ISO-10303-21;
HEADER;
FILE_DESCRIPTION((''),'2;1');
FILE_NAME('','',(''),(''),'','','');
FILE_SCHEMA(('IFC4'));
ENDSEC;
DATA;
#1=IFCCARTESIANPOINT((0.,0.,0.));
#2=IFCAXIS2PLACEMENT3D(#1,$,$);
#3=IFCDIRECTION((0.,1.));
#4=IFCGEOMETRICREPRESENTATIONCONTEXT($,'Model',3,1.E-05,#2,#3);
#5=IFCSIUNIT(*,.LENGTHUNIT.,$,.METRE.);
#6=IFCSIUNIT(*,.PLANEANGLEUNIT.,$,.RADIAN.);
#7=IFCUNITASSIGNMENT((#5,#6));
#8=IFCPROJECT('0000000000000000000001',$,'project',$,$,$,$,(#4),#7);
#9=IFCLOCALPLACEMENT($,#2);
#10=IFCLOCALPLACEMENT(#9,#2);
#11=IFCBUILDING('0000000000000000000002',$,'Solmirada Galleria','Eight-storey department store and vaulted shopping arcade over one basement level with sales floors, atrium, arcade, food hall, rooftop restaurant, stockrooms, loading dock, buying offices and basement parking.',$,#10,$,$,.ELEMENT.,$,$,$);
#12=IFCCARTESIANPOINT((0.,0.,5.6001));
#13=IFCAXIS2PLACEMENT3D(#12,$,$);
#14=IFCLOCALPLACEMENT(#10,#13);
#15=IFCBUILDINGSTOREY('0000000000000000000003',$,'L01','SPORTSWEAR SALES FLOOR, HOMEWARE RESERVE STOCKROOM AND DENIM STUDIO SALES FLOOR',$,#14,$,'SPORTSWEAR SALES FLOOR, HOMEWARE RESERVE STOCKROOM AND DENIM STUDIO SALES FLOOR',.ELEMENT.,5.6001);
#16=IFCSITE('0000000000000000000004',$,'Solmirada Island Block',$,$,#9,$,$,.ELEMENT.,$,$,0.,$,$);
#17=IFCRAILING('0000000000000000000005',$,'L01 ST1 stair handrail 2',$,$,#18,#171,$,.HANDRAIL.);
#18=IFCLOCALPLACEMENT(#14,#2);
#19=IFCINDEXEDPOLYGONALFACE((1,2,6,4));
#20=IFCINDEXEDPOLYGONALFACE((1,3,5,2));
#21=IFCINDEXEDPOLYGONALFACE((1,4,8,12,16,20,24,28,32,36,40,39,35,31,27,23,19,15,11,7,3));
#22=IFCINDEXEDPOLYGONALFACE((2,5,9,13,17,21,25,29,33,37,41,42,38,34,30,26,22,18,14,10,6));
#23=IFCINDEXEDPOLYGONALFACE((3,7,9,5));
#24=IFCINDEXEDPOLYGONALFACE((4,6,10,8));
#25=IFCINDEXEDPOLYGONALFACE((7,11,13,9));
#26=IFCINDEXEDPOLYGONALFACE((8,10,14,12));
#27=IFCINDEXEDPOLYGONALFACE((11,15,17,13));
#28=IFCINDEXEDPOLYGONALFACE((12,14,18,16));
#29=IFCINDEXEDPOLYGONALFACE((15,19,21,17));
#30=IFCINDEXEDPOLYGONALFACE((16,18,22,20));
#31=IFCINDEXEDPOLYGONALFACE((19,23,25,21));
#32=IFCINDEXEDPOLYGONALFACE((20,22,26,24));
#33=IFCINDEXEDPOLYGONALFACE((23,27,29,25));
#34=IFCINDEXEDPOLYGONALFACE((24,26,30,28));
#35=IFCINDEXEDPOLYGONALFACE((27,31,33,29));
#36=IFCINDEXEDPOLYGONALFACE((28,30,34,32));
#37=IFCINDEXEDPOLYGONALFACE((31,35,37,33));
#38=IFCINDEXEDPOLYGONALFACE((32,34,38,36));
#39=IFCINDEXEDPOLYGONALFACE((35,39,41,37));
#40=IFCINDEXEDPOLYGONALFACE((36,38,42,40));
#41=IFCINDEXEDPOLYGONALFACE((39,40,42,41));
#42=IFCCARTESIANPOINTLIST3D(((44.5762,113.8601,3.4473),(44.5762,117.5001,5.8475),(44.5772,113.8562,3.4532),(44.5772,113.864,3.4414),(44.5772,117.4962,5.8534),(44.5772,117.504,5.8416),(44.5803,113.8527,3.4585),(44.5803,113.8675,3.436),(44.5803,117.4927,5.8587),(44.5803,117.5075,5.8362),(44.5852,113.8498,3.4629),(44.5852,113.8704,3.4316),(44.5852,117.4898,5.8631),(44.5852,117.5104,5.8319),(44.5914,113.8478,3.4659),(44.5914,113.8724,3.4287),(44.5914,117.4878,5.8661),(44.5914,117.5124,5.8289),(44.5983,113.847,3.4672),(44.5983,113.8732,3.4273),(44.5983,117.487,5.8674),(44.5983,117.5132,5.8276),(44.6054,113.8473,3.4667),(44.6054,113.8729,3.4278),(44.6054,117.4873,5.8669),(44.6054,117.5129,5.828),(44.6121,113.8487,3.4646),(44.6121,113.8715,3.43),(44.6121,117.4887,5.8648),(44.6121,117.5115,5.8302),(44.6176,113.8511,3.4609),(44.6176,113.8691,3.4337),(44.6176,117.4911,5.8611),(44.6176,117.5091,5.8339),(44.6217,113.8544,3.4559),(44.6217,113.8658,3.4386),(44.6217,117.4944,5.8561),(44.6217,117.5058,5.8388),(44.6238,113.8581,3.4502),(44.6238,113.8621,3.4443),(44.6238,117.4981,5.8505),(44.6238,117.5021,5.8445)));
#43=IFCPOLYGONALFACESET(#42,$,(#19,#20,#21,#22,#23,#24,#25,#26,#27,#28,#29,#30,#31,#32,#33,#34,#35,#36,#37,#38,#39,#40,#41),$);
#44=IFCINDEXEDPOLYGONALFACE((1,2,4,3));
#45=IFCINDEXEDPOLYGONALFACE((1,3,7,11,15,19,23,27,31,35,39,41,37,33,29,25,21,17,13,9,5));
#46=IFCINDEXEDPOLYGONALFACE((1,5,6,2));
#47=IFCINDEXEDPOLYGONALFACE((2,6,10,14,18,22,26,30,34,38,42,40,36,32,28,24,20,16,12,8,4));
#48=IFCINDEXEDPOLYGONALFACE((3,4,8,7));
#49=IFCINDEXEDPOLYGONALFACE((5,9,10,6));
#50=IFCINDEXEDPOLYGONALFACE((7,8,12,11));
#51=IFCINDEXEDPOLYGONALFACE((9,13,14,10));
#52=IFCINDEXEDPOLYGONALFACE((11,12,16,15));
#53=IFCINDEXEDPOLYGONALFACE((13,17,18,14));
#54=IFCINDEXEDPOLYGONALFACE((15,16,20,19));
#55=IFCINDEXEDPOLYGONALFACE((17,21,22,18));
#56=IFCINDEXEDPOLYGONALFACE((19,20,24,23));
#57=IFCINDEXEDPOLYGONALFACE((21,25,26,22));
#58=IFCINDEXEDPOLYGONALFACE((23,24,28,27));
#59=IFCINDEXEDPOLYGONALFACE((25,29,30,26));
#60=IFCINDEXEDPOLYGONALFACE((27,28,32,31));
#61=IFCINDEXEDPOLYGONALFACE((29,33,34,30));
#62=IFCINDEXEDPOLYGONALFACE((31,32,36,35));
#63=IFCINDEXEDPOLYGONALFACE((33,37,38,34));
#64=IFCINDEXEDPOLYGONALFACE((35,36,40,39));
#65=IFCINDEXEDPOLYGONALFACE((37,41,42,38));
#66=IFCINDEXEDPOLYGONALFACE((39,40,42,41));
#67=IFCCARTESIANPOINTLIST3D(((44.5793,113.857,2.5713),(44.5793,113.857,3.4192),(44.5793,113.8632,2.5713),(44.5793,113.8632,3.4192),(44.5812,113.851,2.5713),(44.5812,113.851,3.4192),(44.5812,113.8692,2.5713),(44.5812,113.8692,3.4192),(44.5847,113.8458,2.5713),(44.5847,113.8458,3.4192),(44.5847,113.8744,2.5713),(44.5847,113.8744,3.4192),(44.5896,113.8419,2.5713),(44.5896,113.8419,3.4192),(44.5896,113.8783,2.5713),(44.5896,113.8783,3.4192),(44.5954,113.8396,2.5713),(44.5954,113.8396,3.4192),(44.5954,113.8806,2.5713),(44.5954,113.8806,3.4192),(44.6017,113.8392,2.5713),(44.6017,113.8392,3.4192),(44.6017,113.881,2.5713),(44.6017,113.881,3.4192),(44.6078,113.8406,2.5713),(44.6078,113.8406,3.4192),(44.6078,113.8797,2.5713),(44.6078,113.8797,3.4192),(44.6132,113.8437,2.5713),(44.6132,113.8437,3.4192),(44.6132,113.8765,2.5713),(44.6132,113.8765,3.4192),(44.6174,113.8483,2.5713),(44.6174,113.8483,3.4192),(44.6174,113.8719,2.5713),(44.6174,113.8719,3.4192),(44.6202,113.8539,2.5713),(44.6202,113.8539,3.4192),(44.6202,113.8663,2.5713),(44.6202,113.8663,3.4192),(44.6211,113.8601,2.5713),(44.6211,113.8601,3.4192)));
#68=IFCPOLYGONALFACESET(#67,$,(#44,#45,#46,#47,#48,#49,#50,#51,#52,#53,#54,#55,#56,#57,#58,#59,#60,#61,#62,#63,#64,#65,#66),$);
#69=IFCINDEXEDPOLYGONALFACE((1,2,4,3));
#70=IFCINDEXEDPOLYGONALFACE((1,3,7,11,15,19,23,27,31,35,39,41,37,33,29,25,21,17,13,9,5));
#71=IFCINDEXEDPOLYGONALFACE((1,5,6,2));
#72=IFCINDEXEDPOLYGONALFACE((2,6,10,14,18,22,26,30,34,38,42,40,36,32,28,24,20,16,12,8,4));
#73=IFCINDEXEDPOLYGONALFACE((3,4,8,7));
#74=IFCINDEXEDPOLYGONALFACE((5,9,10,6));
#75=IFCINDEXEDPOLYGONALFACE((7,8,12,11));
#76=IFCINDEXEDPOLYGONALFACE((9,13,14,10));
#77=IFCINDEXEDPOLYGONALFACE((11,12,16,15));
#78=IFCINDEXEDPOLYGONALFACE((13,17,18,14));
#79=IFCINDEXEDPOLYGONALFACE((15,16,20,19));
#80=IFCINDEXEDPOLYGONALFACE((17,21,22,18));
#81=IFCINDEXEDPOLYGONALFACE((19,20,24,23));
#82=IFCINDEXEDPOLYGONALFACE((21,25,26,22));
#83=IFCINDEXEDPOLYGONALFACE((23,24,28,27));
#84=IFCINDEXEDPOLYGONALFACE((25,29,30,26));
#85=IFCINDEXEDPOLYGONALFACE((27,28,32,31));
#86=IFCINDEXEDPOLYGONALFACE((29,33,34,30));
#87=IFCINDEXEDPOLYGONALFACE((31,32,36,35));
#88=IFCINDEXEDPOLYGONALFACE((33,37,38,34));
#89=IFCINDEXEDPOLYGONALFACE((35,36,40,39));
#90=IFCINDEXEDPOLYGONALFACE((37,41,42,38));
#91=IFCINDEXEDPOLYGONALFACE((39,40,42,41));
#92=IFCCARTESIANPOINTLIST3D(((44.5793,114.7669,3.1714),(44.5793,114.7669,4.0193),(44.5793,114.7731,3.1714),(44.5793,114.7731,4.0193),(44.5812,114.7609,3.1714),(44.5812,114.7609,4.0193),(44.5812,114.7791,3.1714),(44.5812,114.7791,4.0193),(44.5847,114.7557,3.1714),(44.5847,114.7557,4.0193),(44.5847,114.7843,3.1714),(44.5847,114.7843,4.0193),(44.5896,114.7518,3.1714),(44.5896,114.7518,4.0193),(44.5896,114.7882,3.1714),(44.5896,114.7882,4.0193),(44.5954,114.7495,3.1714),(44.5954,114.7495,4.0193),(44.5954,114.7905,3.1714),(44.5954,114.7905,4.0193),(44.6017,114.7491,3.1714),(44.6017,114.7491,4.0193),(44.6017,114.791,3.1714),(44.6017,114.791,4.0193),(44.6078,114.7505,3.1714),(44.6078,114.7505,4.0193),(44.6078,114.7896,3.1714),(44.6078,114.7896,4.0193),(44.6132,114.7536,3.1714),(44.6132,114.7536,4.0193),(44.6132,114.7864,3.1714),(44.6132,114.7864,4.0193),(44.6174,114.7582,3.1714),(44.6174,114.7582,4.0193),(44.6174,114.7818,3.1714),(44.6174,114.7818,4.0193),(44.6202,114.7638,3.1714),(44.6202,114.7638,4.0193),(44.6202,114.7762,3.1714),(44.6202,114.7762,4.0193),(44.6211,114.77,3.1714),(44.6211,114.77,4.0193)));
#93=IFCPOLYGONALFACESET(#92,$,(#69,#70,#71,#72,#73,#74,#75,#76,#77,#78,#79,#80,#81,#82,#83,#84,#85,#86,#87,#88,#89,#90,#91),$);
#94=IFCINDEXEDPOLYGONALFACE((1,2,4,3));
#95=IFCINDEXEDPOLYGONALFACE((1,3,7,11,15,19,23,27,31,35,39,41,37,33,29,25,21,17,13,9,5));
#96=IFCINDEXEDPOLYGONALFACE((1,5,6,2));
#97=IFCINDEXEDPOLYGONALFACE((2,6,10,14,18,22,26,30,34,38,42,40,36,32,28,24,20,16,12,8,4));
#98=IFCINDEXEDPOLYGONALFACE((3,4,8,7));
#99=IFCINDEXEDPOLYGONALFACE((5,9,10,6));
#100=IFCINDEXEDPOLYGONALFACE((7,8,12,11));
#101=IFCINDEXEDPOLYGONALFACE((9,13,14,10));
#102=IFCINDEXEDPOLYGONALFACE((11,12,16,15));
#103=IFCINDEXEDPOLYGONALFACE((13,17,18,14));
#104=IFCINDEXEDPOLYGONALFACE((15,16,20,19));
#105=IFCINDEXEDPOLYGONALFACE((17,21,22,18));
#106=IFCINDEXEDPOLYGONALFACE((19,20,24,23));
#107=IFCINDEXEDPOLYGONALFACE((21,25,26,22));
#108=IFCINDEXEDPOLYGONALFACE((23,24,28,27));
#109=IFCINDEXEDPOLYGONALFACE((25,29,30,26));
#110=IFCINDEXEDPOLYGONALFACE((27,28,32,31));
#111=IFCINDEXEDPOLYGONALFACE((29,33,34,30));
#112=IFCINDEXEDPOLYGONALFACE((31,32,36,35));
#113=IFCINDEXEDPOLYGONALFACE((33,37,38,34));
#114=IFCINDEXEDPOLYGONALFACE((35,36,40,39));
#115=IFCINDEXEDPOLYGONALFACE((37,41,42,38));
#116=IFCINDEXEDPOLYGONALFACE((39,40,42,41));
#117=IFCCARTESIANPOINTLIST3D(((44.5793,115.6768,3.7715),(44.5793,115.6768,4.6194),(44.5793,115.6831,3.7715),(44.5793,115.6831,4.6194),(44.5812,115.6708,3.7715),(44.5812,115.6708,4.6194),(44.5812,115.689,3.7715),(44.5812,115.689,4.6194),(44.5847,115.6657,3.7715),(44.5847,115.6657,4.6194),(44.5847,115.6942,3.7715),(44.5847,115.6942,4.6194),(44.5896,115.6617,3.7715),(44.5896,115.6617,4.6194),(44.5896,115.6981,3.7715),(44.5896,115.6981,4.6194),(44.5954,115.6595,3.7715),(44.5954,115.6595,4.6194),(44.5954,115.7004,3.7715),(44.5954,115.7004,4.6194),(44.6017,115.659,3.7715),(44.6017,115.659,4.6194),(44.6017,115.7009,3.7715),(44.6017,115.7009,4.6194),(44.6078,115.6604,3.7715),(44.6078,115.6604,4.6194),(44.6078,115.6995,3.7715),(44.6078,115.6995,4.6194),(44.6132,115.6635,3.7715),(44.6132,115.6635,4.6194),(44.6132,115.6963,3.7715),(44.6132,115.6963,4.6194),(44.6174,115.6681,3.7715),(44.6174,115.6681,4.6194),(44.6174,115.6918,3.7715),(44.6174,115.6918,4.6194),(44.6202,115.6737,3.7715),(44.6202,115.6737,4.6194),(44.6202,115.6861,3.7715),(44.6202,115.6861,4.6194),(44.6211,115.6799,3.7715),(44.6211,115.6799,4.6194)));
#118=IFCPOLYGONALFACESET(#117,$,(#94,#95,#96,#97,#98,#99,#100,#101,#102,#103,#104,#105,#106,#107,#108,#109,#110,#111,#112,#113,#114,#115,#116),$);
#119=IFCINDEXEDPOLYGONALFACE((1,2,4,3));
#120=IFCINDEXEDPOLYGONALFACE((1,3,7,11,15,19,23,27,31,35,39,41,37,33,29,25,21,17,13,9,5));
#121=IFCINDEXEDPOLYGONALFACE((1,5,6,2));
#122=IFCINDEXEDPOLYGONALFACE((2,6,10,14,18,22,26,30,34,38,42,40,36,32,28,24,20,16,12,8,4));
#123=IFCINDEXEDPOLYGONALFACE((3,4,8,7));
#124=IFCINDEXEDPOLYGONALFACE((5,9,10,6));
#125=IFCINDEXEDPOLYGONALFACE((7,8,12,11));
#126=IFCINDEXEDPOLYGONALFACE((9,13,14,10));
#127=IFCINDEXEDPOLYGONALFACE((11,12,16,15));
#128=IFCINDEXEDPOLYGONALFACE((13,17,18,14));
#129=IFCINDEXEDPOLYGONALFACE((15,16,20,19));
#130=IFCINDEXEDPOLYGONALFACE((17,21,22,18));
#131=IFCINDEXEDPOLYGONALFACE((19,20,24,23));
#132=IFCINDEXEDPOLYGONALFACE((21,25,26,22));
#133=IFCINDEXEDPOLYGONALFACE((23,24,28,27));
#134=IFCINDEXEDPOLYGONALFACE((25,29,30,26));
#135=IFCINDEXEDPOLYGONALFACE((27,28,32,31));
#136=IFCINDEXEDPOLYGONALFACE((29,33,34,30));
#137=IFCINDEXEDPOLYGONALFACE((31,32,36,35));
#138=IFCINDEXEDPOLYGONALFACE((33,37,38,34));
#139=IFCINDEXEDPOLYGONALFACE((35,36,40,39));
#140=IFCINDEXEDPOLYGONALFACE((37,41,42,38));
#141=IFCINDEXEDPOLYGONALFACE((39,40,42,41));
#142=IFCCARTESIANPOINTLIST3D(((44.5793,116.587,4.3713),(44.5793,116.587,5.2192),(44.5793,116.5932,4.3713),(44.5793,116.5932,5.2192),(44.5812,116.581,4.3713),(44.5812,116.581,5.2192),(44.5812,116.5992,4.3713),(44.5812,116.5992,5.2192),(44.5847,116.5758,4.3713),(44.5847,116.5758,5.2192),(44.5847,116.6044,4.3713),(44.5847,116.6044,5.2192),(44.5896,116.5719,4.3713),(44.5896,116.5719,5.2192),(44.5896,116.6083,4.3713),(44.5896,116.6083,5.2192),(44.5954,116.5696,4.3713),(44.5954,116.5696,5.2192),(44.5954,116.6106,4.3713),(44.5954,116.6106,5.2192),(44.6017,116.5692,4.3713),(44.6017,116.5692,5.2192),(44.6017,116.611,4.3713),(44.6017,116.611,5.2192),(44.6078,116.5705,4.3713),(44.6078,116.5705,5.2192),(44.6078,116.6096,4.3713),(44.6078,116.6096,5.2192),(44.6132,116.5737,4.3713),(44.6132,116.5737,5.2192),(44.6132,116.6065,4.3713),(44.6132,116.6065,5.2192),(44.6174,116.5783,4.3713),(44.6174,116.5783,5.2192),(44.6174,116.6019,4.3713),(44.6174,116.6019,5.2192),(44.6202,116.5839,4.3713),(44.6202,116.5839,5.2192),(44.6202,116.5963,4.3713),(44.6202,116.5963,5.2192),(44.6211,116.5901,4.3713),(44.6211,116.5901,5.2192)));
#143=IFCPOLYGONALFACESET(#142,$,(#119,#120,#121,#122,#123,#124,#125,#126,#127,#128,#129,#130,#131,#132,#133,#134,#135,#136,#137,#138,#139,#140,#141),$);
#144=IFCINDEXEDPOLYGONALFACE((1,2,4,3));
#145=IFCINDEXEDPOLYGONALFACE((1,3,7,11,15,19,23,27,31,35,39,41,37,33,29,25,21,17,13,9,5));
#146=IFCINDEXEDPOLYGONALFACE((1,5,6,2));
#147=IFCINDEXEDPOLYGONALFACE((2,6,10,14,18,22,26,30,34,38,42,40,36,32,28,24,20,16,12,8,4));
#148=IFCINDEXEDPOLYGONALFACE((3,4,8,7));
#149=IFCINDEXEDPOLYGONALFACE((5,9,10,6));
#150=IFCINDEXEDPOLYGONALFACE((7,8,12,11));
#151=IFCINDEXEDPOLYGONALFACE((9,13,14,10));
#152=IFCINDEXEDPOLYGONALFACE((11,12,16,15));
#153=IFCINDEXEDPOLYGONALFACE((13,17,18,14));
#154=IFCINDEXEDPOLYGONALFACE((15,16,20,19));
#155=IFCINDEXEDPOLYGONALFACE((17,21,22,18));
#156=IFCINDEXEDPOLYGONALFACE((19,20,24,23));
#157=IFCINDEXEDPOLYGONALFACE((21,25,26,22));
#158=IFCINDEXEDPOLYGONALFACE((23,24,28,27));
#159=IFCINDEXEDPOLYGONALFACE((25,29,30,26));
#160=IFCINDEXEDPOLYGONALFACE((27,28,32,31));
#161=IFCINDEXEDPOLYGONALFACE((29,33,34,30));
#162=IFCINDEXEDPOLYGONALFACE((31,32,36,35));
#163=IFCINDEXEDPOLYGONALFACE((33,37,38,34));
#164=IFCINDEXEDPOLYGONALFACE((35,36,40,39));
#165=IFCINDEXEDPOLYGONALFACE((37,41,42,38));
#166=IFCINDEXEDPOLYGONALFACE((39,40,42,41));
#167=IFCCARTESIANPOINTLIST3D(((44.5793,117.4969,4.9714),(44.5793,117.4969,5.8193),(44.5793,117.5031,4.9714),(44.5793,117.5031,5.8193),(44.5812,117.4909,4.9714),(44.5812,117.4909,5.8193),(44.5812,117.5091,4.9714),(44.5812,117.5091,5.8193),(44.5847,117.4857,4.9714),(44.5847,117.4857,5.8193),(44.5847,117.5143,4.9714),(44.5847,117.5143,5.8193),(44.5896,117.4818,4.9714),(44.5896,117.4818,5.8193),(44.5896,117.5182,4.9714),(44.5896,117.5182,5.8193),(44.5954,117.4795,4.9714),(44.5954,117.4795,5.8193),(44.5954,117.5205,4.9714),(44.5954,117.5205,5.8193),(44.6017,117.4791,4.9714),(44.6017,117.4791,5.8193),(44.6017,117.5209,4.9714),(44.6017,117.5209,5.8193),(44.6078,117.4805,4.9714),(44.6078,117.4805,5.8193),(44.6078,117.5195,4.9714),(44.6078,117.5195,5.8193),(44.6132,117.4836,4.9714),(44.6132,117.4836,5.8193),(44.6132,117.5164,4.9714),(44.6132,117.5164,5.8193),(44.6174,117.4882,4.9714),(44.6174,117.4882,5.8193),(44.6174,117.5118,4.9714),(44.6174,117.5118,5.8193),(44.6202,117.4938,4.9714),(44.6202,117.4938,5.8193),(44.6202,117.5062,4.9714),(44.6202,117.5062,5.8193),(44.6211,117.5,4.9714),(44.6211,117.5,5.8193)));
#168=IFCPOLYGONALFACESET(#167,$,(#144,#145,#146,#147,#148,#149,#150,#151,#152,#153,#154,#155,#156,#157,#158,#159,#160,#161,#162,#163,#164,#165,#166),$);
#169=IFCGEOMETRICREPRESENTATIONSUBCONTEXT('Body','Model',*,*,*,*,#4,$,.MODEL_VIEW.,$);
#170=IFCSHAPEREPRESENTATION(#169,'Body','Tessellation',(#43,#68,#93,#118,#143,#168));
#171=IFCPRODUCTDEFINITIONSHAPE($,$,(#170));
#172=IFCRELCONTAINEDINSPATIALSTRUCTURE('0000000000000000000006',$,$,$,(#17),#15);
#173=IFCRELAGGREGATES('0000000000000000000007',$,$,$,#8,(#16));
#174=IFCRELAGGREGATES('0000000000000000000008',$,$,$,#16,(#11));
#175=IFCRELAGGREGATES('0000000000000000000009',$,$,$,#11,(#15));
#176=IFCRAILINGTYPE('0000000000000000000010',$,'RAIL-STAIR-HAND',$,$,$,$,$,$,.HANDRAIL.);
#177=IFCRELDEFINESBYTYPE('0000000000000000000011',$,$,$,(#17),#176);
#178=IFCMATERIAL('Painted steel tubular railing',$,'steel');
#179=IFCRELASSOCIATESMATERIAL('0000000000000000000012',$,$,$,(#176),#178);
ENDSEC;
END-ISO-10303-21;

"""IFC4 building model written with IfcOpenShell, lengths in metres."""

from ifc_helpers import new_model, si_unit, direction, frame, origin, origin_2d, place, context, subcontext, project, spatial, circle, extrude, material, type_object, element, save


model = new_model("IFC4")

# Units and contexts
model_context = context("Model", 3, precision=1e-05, world=origin(), true_north=direction((0.0, 1.0)))
body_context = subcontext(model_context, "Body", "Model", "MODEL_VIEW")
ifc_project = project(units=[si_unit("LENGTHUNIT", "METRE"), si_unit("PLANEANGLEUNIT", "RADIAN")], contexts=[model_context])

# Site, building, storey
site_placement = place(None, origin())
site = spatial("IfcSite", under=ifc_project, at=site_placement, Name="Solmirada Island Block", CompositionType="ELEMENT", RefElevation=0.0)
building_placement = place(site_placement, origin())
building = spatial("IfcBuilding", under=site, at=building_placement, Name="Solmirada Galleria", Description="Eight-storey department store and vaulted shopping arcade over one basement level with sales floors, atrium, arcade, food hall, rooftop restaurant, stockrooms, loading dock, buying offices and basement parking.", CompositionType="ELEMENT")
storey_placement = place(building_placement, frame((0.0, 0.0, 5.6001)))
storey = spatial("IfcBuildingStorey", under=building, at=storey_placement, Name="L01", Description="SPORTSWEAR SALES FLOOR, HOMEWARE RESERVE STOCKROOM AND DENIM STUDIO SALES FLOOR", LongName="SPORTSWEAR SALES FLOOR, HOMEWARE RESERVE STOCKROOM AND DENIM STUDIO SALES FLOOR", CompositionType="ELEMENT", Elevation=5.6001)

# Railing
ifc_material_1 = material(Name="Painted steel tubular railing", Category="steel")
railing_type_1 = type_object("IfcRailingType", Name="RAIL-STAIR-HAND", PredefinedType="HANDRAIL", material=ifc_material_1)
railing_1_placement = place(storey_placement, frame((44.6001, 113.8601, 2.5713)))
element("IfcRailing", 1, at=railing_1_placement, inside=storey, type_object=railing_type_1, Name="L01 ST1 stair handrail 2", PredefinedType="HANDRAIL", context=body_context, shape_type="SweptSolid", body=[
    extrude(circle(Radius=0.0239, at=origin_2d()), frame((0.0, 0.0, 0.876), z_axis=(0.0, 0.834839, 0.550493), x_axis=(-1.0, 0.0, 0.0)), (0.0, 0.0, 1.0), 4.3601),
    extrude(circle(Radius=0.021, at=origin_2d()), origin(), (0.0, 0.0, 1.0), 0.8479),
    extrude(circle(Radius=0.021, at=origin_2d()), frame((0.0, 0.9099, 0.6001)), (0.0, 0.0, 1.0), 0.8479),
    extrude(circle(Radius=0.021, at=origin_2d()), frame((0.0, 1.8198, 1.2002)), (0.0, 0.0, 1.0), 0.8479),
    extrude(circle(Radius=0.021, at=origin_2d()), frame((0.0, 2.73, 1.8)), (0.0, 0.0, 1.0), 0.8479),
    extrude(circle(Radius=0.021, at=origin_2d()), frame((0.0, 3.6399, 2.4001)), (0.0, 0.0, 1.0), 0.8479),
])

save(model, "model.ifc")
